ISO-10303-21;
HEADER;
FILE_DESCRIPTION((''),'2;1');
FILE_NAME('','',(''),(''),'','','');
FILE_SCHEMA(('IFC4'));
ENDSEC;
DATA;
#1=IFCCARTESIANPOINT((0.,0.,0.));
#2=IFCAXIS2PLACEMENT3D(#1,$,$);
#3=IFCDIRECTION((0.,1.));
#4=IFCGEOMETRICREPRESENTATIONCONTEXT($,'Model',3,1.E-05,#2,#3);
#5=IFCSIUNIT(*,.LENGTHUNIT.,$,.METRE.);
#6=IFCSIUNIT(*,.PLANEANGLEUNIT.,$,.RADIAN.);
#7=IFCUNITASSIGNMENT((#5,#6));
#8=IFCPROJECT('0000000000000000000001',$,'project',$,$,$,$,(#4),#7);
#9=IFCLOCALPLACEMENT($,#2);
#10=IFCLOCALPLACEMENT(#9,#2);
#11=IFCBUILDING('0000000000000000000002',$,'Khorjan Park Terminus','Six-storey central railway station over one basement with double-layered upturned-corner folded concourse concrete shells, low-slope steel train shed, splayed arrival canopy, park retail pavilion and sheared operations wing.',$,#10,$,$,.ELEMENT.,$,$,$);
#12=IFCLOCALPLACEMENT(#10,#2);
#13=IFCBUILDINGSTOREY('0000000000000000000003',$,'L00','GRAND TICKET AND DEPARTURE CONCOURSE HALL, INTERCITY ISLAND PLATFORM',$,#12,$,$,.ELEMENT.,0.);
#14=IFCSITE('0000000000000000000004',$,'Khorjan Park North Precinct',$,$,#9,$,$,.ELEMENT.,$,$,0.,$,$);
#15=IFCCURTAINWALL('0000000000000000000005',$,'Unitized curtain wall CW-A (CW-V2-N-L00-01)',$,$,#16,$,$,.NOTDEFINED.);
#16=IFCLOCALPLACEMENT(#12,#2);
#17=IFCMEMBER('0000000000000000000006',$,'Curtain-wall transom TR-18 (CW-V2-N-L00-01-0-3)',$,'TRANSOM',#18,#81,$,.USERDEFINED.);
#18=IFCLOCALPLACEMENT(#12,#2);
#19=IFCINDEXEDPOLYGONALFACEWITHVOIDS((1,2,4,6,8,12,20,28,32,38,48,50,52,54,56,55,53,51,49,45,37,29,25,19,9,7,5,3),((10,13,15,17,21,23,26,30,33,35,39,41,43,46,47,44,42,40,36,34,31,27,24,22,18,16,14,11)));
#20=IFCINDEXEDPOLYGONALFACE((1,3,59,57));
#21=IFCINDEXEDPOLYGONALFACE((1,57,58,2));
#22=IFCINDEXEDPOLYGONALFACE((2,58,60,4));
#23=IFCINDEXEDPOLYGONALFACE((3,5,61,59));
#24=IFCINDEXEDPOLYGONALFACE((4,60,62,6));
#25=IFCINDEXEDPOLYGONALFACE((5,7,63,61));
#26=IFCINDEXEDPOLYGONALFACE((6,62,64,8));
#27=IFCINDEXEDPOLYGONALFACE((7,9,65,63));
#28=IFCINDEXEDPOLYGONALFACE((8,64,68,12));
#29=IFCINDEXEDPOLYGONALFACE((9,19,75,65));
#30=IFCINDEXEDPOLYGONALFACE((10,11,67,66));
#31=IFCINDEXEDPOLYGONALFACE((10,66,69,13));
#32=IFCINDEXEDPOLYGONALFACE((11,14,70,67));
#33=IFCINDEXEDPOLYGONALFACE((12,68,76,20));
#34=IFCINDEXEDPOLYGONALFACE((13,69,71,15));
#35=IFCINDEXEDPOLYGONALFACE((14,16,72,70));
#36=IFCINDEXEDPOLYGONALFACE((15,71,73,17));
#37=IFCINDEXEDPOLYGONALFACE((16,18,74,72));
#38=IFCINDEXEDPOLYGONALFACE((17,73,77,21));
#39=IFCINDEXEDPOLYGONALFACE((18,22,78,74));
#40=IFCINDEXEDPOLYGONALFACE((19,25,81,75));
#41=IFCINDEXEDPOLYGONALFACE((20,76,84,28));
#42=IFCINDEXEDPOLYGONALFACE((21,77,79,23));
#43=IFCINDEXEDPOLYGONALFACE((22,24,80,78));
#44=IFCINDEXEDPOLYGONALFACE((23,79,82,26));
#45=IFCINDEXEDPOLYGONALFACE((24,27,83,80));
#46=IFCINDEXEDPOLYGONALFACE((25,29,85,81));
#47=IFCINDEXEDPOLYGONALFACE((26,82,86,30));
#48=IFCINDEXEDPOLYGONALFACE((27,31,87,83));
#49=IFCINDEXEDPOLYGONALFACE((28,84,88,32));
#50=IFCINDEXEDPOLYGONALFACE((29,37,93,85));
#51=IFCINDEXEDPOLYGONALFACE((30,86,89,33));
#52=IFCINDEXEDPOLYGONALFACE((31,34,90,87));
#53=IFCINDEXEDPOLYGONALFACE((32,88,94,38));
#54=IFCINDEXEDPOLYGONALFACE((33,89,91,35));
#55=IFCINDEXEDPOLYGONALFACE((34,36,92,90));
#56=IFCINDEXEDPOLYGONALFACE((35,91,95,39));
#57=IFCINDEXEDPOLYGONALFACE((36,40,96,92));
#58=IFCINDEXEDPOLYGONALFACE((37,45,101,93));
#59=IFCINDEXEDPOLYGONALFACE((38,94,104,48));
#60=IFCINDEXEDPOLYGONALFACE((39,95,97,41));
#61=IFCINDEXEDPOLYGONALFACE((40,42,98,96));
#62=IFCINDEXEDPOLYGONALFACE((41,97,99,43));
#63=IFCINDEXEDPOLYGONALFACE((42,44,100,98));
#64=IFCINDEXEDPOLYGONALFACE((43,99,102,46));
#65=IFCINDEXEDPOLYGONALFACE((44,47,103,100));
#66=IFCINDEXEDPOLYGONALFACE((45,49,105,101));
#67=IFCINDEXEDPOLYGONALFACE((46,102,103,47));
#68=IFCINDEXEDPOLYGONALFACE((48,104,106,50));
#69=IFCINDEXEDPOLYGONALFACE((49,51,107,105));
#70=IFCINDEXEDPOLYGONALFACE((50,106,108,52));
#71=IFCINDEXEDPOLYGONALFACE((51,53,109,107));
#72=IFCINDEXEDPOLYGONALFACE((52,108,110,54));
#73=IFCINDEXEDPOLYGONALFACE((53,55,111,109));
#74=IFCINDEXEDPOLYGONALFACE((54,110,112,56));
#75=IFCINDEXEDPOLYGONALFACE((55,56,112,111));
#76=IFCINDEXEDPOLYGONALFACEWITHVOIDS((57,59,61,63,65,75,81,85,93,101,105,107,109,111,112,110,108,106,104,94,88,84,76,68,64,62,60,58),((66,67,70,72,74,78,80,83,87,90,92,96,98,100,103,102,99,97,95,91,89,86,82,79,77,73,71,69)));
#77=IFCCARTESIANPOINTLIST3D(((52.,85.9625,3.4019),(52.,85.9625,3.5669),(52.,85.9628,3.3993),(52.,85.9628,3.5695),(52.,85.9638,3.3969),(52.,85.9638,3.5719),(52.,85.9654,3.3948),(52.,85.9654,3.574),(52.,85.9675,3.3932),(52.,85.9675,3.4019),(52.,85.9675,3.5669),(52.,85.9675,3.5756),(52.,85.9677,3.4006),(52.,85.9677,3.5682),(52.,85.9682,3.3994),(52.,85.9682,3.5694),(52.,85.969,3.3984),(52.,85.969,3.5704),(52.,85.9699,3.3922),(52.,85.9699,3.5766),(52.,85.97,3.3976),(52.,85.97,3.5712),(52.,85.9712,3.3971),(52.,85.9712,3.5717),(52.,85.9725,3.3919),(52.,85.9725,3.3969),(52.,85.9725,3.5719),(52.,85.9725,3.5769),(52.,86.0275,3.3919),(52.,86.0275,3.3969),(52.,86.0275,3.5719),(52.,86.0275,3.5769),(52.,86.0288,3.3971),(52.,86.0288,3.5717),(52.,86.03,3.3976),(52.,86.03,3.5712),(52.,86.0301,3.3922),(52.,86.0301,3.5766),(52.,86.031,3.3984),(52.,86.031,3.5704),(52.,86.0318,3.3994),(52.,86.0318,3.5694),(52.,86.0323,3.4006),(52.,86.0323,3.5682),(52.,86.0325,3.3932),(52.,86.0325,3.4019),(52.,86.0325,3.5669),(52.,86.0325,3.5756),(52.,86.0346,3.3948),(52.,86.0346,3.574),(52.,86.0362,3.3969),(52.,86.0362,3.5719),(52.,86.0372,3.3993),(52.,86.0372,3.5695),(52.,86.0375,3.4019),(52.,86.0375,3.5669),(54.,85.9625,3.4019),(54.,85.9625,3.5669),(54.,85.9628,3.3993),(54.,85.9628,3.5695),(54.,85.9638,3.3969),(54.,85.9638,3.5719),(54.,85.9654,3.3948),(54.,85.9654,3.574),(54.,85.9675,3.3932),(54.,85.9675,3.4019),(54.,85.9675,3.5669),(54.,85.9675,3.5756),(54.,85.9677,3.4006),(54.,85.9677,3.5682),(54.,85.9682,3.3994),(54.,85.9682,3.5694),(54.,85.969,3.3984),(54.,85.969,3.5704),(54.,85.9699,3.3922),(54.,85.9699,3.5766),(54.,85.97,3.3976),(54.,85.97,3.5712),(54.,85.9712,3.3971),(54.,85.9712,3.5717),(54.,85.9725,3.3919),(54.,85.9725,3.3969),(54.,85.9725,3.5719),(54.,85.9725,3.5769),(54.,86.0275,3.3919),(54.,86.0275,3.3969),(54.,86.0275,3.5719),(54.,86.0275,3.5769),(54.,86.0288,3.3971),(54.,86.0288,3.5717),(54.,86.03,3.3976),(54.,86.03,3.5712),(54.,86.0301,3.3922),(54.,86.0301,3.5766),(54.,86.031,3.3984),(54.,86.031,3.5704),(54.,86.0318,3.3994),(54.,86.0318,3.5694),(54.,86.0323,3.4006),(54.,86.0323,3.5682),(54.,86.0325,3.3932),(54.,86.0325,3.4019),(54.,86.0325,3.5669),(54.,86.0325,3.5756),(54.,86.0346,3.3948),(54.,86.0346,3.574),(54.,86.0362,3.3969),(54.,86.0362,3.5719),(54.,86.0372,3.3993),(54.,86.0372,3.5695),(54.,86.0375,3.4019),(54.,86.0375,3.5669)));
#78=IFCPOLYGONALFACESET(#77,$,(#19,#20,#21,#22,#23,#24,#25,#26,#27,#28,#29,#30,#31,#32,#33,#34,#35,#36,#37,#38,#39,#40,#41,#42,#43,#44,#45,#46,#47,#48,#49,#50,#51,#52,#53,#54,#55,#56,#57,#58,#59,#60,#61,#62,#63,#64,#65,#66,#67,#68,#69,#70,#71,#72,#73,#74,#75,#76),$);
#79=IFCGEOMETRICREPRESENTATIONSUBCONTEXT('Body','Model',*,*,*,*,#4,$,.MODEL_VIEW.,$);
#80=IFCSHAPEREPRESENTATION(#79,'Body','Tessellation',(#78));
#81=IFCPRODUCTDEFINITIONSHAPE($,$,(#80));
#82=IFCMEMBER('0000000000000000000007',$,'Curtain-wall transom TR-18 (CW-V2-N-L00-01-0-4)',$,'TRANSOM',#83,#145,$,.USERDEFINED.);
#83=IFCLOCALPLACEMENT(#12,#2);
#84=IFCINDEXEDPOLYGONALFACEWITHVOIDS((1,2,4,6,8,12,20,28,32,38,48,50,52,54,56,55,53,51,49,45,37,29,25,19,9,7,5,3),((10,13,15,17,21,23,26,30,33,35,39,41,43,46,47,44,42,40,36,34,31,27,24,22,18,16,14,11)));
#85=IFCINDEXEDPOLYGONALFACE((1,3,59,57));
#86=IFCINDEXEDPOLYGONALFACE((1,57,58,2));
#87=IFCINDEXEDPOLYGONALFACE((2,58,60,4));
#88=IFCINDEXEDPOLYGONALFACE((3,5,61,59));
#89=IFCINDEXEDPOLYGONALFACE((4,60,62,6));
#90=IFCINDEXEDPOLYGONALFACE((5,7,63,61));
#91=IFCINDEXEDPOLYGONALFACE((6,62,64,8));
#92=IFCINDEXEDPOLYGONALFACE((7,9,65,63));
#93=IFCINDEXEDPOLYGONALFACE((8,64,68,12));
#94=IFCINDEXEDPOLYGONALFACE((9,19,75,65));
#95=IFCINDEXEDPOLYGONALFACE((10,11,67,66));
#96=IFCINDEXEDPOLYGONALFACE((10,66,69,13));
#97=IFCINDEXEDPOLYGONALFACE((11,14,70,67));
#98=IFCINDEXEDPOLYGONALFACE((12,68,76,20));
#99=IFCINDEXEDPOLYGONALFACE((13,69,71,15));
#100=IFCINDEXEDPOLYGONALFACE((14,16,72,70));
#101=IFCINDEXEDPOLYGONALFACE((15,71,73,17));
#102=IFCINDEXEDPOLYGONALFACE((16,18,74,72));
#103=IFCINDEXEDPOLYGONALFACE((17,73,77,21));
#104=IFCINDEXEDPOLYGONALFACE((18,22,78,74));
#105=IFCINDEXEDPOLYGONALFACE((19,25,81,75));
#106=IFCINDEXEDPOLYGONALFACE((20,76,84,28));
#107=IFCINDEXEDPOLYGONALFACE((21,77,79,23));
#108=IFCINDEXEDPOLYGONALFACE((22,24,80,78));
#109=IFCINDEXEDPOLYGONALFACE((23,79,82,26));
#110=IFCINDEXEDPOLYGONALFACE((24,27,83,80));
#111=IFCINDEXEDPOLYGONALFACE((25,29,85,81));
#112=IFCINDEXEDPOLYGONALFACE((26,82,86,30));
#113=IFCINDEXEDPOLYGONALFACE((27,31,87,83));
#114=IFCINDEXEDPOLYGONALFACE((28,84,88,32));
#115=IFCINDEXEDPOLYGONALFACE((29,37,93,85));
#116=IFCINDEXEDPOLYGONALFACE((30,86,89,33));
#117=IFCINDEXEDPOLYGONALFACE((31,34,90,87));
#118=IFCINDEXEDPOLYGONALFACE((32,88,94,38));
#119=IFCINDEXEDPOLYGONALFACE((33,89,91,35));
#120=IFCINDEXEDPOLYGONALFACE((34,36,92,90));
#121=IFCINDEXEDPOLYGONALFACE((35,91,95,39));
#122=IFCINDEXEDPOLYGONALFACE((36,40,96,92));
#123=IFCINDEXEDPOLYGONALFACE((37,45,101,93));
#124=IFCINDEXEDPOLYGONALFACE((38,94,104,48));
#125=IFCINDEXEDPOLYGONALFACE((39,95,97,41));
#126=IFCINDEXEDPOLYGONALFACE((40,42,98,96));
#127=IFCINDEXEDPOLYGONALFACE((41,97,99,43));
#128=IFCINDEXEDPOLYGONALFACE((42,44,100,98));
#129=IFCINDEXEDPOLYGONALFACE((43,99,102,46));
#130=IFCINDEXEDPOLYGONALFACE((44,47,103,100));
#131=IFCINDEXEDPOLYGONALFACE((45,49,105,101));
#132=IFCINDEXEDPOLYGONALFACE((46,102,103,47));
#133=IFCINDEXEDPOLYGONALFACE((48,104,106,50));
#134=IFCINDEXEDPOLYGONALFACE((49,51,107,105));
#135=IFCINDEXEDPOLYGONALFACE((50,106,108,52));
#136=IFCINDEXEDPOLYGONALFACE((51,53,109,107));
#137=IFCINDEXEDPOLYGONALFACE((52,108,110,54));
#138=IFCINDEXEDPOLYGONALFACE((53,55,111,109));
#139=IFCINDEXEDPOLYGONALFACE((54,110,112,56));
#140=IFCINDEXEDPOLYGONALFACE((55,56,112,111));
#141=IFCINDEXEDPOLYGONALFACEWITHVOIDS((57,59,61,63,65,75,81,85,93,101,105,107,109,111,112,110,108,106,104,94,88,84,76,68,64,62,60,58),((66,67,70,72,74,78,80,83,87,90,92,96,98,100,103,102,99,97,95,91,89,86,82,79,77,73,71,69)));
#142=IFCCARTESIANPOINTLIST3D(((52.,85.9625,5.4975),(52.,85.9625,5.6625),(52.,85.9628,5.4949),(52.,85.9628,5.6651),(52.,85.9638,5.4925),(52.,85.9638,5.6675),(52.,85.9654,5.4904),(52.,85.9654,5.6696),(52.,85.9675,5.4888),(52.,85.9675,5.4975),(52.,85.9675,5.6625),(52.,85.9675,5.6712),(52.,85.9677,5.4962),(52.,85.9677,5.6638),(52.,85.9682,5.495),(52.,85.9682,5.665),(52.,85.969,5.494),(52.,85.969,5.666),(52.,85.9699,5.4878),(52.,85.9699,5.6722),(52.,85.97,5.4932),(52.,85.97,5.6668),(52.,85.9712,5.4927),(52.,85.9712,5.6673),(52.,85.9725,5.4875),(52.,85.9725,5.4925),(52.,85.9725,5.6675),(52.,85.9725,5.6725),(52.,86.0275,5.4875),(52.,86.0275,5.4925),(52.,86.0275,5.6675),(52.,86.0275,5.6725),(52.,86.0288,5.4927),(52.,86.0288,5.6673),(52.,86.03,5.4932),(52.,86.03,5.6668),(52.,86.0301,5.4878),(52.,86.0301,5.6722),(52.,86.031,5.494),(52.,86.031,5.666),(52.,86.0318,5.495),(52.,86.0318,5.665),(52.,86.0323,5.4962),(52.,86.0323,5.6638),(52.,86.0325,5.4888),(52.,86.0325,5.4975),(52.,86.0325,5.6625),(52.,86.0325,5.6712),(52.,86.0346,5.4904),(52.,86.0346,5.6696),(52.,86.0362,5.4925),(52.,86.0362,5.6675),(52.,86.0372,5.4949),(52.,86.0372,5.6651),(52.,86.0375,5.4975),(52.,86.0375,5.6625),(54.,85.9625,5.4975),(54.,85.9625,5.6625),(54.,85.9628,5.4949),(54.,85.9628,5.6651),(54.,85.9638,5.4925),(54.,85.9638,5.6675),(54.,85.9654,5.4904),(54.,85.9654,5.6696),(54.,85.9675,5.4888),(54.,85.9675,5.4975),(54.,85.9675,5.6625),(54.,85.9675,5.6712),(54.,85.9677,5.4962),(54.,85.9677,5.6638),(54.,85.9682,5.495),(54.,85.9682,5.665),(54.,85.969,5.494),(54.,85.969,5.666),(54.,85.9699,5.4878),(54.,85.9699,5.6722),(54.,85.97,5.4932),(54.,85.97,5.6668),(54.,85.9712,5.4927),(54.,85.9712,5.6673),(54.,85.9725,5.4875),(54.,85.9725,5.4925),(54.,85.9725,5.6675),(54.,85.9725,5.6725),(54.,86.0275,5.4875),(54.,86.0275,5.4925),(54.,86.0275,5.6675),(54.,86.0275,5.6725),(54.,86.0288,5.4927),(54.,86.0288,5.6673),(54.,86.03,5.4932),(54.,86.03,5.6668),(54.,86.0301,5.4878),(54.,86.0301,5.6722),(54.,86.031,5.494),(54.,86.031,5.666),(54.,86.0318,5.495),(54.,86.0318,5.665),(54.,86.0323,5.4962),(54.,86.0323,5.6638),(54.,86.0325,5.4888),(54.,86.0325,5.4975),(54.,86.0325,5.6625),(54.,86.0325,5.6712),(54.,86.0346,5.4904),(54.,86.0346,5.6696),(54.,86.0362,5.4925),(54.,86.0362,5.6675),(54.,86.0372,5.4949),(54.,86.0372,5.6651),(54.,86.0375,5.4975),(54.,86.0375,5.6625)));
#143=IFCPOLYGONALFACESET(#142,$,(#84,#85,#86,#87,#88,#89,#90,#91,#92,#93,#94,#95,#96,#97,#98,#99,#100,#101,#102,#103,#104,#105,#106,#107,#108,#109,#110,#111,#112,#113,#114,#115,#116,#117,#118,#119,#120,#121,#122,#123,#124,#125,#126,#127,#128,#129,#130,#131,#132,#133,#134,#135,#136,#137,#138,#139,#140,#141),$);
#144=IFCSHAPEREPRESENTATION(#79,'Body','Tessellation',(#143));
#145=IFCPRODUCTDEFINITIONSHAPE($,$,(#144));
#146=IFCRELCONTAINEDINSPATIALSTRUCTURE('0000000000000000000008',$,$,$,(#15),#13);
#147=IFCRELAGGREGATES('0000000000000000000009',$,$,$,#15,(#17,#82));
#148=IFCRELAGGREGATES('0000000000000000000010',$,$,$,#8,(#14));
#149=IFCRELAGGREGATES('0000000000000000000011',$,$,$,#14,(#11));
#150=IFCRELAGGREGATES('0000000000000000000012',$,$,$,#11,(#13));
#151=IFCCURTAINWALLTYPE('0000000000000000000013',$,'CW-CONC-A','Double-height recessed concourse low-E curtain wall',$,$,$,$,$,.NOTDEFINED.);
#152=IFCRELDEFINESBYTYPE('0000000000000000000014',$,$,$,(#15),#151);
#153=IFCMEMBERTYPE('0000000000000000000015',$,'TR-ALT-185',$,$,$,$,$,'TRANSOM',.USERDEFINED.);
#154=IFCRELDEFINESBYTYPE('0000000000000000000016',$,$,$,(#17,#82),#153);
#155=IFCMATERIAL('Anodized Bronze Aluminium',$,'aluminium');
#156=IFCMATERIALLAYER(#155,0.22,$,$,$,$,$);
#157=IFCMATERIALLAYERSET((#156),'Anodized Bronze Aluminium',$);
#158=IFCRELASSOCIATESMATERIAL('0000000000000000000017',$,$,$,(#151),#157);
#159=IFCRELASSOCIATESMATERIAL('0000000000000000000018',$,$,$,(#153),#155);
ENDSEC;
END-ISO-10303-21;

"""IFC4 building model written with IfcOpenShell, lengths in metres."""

from ifc_helpers import new_model, si_unit, direction, frame, origin, origin_2d, place, context, subcontext, project, spatial, hollow_rectangle, extrude, material, layer, layer_set, material_profile, profile_set, type_object, element, aggregate, save


model = new_model("IFC4")

# Units and contexts
model_context = context("Model", 3, precision=1e-05, world=origin(), true_north=direction((0.0, 1.0)))
body_context = subcontext(model_context, "Body", "Model", "MODEL_VIEW")
ifc_project = project(units=[si_unit("LENGTHUNIT", "METRE"), si_unit("PLANEANGLEUNIT", "RADIAN")], contexts=[model_context])

# Site, building, storey
site_placement = place(None, origin())
site = spatial("IfcSite", under=ifc_project, at=site_placement, Name="Khorjan Park North Precinct", CompositionType="ELEMENT", RefElevation=0.0)
building_placement = place(site_placement, origin())
building = spatial("IfcBuilding", under=site, at=building_placement, Name="Khorjan Park Terminus", Description="Six-storey central railway station over one basement with double-layered upturned-corner folded concourse concrete shells, low-slope steel train shed, splayed arrival canopy, park retail pavilion and sheared operations wing.", CompositionType="ELEMENT")
storey_placement = place(building_placement, origin())
storey = spatial("IfcBuildingStorey", under=building, at=storey_placement, Name="L00", Description="GRAND TICKET AND DEPARTURE CONCOURSE HALL, INTERCITY ISLAND PLATFORM", CompositionType="ELEMENT", Elevation=0.0)

# Curtain wall, members
ifc_material_1 = material(Name="Anodized Bronze Aluminium", Category="aluminium")
ifc_layer_1 = layer(ifc_material_1, 0.22)
ifc_layer_set_1 = layer_set([ifc_layer_1], Name="Anodized Bronze Aluminium")
curtain_wall_type_1 = type_object("IfcCurtainWallType", Name="CW-CONC-A", Description="Double-height recessed concourse low-E curtain wall", PredefinedType="NOTDEFINED", material=ifc_layer_set_1)
curtain_wall_1_placement = place(storey_placement, origin())
curtain_wall_1 = element("IfcCurtainWall", 1, at=curtain_wall_1_placement, inside=storey, type_object=curtain_wall_type_1, Name="Unitized curtain wall CW-A (CW-V2-N-L00-01)", PredefinedType="NOTDEFINED")
ifc_material_profile_1 = material_profile(ifc_material_1, hollow_rectangle(XDim=0.075, YDim=0.185, WallThickness=0.005, InnerFilletRadius=0.005, OuterFilletRadius=0.01, at=origin_2d()), Name="ALT 75x185x5")
ifc_profile_set_1 = profile_set([ifc_material_profile_1], Name="Anodized Bronze Aluminium")
member_type_1 = type_object("IfcMemberType", Name="TR-ALT-185", ElementType="TRANSOM", PredefinedType="USERDEFINED", material=ifc_profile_set_1)
member_1_placement = place(storey_placement, frame((54.0, 86.0, 3.4844), z_axis=(-1.0, 0.0, 0.0), x_axis=(0.0, -1.0, 0.0)))
member_1 = element("IfcMember", 2, at=member_1_placement, type_object=member_type_1, Name="Curtain-wall transom TR-18 (CW-V2-N-L00-01-0-3)", ObjectType="TRANSOM", PredefinedType="USERDEFINED", context=body_context, shape_type="SweptSolid", body=[
    extrude(hollow_rectangle(XDim=0.075, YDim=0.185, WallThickness=0.005, InnerFilletRadius=0.005, OuterFilletRadius=0.01, at=origin_2d()), origin(), (0.0, 0.0, 1.0), 2.0),
])
member_2_placement = place(storey_placement, frame((54.0, 86.0, 5.58), z_axis=(-1.0, 0.0, 0.0), x_axis=(0.0, -1.0, 0.0)))
member_2 = element("IfcMember", 3, at=member_2_placement, type_object=member_type_1, Name="Curtain-wall transom TR-18 (CW-V2-N-L00-01-0-4)", ObjectType="TRANSOM", PredefinedType="USERDEFINED", context=body_context, shape_type="SweptSolid", body=[
    extrude(hollow_rectangle(XDim=0.075, YDim=0.185, WallThickness=0.005, InnerFilletRadius=0.005, OuterFilletRadius=0.01, at=origin_2d()), origin(), (0.0, 0.0, 1.0), 2.0),
])

aggregate(curtain_wall_1, [member_1, member_2])

save(model, "model.ifc")
